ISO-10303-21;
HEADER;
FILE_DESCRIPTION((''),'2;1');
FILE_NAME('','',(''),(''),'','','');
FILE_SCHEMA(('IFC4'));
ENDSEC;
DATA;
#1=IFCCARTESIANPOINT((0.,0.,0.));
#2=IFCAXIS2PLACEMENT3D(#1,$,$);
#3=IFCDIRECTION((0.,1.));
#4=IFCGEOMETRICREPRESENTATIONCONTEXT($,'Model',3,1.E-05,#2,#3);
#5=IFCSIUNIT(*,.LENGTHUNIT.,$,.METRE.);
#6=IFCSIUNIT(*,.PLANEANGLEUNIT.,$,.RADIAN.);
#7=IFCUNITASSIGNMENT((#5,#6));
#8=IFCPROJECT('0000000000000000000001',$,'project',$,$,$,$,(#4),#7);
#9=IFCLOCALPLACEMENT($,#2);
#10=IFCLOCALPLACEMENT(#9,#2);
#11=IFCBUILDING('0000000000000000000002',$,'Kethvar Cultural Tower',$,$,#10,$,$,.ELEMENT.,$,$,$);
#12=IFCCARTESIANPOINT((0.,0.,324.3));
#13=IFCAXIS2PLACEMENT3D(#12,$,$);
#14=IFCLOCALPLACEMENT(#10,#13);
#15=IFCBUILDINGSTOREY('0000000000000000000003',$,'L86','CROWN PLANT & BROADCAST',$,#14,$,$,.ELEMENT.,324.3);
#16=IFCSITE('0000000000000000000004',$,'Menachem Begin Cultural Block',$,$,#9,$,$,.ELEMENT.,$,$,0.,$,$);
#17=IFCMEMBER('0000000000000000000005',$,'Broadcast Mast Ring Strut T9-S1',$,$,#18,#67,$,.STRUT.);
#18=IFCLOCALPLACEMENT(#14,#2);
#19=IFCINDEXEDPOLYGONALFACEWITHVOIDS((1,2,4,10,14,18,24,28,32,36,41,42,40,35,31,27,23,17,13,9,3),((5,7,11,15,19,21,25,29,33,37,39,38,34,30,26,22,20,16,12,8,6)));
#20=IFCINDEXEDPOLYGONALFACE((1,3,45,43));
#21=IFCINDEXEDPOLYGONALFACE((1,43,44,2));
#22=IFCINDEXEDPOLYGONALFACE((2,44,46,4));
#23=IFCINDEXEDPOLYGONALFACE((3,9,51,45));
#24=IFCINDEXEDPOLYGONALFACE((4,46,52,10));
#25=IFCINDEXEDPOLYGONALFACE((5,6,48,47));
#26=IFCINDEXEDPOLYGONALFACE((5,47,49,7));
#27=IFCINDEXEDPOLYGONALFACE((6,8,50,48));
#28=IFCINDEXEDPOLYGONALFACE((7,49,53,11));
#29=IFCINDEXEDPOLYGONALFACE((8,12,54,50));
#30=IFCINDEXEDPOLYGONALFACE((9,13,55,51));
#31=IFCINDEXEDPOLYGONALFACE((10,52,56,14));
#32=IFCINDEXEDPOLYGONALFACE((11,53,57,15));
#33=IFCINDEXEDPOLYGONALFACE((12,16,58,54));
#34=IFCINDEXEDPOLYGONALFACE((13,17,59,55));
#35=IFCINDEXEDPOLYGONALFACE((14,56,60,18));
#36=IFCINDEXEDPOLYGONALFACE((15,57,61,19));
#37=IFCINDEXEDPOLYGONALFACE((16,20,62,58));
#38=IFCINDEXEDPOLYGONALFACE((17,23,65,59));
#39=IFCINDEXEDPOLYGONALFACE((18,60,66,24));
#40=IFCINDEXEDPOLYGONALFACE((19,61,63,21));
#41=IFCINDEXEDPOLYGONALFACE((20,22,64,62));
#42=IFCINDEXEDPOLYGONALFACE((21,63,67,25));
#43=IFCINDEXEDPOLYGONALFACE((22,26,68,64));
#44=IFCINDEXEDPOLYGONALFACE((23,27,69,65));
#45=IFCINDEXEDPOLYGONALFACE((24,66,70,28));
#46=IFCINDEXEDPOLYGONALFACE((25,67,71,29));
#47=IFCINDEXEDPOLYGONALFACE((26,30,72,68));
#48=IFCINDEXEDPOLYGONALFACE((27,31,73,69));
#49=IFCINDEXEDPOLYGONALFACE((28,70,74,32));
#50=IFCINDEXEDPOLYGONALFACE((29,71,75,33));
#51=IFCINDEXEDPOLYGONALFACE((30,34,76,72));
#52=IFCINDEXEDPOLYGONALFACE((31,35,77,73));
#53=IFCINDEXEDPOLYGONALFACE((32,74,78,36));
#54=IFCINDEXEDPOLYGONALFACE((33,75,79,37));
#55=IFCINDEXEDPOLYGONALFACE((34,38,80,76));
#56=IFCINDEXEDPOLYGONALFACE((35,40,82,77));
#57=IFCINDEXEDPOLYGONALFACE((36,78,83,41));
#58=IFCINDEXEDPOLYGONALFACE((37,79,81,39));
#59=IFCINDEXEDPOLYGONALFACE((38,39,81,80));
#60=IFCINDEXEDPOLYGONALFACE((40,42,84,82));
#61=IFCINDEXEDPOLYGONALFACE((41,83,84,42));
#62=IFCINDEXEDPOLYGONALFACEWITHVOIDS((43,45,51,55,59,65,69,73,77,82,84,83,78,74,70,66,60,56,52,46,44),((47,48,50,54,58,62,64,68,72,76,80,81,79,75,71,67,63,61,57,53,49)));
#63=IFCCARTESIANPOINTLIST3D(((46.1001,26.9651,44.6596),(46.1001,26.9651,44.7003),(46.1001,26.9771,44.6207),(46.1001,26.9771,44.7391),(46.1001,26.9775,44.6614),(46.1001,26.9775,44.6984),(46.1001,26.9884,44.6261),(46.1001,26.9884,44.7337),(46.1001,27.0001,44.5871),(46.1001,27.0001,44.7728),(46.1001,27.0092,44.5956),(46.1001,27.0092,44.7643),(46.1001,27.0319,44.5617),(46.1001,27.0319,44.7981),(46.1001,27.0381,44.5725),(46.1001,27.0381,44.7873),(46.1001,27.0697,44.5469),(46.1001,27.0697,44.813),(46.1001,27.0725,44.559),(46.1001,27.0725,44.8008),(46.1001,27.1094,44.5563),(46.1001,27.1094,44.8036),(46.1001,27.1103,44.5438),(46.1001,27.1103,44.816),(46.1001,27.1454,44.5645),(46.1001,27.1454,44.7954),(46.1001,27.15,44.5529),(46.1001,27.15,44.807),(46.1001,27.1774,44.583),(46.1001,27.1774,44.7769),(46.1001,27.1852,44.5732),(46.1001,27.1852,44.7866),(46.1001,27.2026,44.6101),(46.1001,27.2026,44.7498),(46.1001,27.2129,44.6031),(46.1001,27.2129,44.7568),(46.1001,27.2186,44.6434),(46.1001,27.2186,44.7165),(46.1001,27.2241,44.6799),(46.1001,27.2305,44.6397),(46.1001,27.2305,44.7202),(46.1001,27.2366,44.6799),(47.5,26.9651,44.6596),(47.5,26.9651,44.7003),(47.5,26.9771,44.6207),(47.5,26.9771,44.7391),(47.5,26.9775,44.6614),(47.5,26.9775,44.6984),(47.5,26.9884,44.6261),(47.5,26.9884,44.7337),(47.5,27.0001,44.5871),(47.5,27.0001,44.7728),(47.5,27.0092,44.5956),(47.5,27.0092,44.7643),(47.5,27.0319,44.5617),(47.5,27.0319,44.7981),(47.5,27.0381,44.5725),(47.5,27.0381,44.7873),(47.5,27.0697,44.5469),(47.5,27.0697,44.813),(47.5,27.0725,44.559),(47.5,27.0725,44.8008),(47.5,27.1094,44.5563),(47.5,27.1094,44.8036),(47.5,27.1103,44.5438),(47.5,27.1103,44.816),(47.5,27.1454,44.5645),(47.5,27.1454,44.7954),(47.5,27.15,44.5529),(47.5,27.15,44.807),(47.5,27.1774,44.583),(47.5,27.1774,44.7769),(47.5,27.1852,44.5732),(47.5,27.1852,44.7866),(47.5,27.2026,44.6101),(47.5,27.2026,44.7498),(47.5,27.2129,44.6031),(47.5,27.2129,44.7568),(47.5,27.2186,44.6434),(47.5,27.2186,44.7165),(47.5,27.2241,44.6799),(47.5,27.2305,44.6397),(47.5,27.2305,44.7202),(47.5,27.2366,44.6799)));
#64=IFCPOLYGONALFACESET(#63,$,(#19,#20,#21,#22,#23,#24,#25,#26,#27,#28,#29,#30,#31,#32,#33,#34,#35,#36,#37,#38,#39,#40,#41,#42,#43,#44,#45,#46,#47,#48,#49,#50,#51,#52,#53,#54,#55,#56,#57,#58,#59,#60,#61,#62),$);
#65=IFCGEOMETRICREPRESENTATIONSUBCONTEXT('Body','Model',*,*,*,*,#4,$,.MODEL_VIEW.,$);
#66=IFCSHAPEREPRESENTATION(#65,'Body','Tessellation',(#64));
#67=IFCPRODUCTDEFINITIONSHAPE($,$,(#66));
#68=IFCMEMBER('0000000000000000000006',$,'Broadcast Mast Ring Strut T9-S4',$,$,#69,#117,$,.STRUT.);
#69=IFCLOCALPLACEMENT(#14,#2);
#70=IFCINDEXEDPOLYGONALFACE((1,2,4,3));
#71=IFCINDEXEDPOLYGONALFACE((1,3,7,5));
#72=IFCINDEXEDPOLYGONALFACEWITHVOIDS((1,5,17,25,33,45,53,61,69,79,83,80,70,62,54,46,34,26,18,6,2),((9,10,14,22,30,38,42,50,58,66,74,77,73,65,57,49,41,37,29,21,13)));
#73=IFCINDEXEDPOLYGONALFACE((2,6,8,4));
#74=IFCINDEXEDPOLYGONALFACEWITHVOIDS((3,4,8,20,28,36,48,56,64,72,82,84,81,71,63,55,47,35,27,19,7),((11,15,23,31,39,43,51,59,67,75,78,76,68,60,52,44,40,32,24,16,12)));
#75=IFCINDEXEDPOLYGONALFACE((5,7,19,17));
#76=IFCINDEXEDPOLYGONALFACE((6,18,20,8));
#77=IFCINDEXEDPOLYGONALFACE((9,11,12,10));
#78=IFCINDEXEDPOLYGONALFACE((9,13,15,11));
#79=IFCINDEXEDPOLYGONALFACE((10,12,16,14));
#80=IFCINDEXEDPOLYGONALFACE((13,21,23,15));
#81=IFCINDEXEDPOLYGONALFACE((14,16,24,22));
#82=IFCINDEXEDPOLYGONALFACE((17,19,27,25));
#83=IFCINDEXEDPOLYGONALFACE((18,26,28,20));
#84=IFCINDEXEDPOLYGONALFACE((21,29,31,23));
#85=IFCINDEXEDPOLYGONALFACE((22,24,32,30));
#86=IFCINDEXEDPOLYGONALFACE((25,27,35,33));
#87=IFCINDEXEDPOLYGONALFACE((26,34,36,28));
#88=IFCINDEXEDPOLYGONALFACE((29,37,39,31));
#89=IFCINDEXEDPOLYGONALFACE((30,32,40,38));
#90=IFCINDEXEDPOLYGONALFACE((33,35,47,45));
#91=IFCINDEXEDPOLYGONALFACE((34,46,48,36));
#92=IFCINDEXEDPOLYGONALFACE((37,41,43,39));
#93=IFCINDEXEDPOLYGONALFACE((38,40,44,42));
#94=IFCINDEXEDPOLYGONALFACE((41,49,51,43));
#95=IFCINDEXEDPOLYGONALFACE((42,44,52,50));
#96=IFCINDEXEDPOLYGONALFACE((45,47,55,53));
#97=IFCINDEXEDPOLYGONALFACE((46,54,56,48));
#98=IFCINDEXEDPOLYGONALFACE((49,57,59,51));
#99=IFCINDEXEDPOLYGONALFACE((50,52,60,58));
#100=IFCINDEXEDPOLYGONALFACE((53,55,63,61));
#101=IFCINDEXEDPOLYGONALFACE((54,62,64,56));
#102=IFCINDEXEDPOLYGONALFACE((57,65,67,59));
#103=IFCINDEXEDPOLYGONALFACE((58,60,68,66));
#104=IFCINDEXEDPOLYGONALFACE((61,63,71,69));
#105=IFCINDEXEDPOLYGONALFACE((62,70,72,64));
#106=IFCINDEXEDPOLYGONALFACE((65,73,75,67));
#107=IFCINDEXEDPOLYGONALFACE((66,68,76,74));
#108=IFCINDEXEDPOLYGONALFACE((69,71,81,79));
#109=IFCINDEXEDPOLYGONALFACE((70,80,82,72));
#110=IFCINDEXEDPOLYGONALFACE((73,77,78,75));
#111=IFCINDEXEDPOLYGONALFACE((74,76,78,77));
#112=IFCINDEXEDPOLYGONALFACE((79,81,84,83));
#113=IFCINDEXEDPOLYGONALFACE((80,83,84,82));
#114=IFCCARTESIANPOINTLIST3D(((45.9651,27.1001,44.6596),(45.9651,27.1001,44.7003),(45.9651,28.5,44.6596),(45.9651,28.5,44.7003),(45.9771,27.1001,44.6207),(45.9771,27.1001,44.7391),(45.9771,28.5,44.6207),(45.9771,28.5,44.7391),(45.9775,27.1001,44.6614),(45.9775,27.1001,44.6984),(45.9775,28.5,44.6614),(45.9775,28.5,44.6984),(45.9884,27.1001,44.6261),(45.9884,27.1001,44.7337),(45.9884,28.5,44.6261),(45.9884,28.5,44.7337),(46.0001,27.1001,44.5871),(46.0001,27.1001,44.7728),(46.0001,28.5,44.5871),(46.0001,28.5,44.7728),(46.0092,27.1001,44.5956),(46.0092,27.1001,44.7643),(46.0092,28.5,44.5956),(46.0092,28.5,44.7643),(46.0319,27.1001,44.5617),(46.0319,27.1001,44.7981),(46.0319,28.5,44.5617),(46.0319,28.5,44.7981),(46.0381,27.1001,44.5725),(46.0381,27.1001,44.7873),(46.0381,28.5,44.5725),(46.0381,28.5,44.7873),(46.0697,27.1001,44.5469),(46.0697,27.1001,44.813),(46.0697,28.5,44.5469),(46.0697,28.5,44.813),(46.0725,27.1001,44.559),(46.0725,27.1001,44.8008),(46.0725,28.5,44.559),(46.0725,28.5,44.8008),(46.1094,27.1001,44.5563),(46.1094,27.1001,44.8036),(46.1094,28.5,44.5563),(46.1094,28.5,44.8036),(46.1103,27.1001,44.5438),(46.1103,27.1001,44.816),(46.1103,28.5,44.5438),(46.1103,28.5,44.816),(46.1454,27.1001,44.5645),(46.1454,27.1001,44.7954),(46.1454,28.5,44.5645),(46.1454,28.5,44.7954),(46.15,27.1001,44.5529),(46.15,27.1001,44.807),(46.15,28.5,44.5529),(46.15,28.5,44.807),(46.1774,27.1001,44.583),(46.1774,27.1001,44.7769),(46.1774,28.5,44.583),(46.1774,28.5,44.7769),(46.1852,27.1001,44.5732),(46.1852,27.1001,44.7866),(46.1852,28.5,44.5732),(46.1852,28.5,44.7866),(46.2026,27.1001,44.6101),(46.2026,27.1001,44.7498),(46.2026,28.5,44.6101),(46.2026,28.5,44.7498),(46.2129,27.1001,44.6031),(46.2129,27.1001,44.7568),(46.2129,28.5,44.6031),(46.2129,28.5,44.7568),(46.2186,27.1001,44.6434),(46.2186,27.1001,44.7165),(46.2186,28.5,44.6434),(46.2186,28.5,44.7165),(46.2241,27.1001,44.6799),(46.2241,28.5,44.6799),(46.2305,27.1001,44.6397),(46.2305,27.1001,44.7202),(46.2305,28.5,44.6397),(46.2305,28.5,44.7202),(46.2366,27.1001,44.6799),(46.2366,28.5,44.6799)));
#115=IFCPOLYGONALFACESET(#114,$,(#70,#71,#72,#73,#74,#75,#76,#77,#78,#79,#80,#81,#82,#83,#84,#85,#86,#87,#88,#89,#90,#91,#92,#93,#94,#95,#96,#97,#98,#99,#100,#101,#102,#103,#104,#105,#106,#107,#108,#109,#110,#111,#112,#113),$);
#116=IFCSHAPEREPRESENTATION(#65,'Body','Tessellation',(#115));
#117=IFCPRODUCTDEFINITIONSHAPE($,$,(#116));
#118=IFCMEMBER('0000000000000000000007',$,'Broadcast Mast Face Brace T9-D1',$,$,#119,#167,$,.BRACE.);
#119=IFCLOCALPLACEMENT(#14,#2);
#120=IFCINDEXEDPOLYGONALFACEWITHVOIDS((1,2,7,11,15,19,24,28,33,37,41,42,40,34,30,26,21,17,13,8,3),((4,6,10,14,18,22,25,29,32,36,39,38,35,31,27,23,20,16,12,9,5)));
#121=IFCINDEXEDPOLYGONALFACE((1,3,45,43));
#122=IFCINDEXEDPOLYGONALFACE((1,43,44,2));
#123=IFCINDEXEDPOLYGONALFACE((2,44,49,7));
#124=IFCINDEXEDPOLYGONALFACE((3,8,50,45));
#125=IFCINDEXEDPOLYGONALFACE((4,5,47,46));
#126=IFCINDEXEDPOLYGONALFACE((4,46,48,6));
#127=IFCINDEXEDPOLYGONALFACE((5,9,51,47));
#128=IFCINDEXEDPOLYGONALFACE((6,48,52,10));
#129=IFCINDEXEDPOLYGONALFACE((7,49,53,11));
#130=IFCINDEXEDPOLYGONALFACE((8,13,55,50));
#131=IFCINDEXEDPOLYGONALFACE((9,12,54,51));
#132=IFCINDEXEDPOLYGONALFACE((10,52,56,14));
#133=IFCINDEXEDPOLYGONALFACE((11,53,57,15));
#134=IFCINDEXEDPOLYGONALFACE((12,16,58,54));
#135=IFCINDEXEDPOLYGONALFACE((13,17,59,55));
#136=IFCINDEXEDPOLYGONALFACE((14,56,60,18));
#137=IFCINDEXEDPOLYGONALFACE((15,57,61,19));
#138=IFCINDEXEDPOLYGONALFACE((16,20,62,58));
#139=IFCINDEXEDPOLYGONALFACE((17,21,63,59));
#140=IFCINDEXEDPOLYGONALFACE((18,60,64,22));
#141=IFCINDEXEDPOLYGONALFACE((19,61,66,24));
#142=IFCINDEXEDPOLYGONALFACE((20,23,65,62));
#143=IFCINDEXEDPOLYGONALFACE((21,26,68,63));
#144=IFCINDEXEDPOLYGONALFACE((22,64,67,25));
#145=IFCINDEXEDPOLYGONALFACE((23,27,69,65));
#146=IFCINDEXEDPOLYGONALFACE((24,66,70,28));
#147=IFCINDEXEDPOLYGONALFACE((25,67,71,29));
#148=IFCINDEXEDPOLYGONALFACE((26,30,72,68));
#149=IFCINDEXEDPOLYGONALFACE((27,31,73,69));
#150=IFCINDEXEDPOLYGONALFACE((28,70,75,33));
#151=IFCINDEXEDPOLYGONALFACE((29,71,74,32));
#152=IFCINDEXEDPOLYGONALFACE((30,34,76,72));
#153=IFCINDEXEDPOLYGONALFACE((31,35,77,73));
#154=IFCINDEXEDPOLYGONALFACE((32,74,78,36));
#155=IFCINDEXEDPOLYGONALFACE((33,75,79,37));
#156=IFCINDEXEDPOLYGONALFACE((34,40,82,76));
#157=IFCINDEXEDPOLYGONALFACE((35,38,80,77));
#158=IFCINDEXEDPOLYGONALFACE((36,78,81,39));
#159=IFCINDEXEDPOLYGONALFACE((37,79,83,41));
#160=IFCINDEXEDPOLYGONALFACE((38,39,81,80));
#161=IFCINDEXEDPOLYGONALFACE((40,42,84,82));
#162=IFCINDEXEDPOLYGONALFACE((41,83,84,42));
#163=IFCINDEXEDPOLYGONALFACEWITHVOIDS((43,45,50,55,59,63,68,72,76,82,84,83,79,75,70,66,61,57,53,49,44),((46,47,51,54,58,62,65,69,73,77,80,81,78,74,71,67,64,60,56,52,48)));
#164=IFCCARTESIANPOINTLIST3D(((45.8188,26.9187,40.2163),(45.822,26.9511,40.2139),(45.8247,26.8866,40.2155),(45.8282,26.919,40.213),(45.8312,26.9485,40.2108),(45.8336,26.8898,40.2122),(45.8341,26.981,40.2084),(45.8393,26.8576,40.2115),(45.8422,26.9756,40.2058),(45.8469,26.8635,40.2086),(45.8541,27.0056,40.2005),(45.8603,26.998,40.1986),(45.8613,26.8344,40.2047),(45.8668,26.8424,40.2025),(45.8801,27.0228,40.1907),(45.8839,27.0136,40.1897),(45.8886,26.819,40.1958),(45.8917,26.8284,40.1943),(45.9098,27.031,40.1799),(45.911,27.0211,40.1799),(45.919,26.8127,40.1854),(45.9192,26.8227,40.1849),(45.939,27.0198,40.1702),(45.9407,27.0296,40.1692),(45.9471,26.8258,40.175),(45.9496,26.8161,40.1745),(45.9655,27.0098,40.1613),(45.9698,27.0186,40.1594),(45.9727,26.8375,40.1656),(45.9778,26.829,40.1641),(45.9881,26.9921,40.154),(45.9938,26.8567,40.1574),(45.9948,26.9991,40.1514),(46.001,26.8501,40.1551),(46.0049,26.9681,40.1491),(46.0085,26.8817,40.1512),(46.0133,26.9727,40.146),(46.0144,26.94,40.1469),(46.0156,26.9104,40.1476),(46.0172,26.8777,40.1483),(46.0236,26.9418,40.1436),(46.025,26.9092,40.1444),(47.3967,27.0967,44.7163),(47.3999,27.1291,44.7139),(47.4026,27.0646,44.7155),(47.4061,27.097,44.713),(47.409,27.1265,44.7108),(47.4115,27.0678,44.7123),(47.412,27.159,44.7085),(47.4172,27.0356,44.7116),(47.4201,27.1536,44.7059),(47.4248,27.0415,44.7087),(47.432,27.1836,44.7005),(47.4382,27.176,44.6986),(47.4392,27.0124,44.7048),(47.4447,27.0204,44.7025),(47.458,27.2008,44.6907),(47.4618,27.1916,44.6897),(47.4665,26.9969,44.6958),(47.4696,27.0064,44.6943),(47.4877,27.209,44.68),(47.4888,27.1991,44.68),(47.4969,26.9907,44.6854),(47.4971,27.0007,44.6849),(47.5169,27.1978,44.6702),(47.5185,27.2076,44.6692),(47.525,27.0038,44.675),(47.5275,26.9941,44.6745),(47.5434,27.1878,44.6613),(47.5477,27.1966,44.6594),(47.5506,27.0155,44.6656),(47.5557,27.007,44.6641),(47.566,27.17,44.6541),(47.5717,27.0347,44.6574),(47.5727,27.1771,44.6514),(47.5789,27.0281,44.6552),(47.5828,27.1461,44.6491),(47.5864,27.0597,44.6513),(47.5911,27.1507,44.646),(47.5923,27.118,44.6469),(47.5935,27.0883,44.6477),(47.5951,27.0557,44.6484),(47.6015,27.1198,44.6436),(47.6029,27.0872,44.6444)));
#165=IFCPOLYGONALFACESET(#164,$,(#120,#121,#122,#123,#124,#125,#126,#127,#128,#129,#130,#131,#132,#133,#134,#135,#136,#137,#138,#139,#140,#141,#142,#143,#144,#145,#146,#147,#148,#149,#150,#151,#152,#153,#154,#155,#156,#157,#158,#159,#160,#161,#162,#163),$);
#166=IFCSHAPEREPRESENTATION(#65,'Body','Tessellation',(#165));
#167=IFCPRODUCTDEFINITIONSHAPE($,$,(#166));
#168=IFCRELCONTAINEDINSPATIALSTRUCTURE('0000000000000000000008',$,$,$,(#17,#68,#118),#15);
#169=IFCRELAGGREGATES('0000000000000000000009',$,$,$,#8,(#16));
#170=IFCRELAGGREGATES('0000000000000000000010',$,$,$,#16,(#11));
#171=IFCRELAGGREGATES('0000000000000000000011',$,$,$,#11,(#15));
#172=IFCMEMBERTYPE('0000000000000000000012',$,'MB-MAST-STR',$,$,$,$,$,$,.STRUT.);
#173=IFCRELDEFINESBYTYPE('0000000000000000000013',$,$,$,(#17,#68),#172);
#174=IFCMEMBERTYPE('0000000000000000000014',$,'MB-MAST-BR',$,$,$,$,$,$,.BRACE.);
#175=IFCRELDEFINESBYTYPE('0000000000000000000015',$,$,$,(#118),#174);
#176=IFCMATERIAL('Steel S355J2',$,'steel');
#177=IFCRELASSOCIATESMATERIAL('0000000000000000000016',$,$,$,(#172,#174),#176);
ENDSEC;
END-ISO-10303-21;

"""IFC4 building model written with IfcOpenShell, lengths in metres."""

from ifc_helpers import new_model, si_unit, direction, frame, origin, origin_2d, place, context, subcontext, project, spatial, hollow_circle, extrude, source, transform, mapped, material, material_profile, profile_set, type_object, element, save


model = new_model("IFC4")

# Units and contexts
model_context = context("Model", 3, precision=1e-05, world=origin(), true_north=direction((0.0, 1.0)))
body_context = subcontext(model_context, "Body", "Model", "MODEL_VIEW")
ifc_project = project(units=[si_unit("LENGTHUNIT", "METRE"), si_unit("PLANEANGLEUNIT", "RADIAN")], contexts=[model_context])

# Site, building, storey
site_placement = place(None, origin())
site = spatial("IfcSite", under=ifc_project, at=site_placement, Name="Menachem Begin Cultural Block", CompositionType="ELEMENT", RefElevation=0.0)
building_placement = place(site_placement, origin())
building = spatial("IfcBuilding", under=site, at=building_placement, Name="Kethvar Cultural Tower", CompositionType="ELEMENT")
storey_placement = place(building_placement, frame((0.0, 0.0, 324.3)))
storey = spatial("IfcBuildingStorey", under=building, at=storey_placement, Name="L86", Description="CROWN PLANT & BROADCAST", CompositionType="ELEMENT", Elevation=324.3)

# Shared definitions
ifc_material_1 = material(Name="Steel S355J2", Category="steel")

# Members
ifc_material_profile_1 = material_profile(ifc_material_1, hollow_circle(Radius=0.1365, WallThickness=0.0125, at=origin_2d()), Name="Steel S355J2 — CHS273x12.5")
ifc_profile_set_1 = profile_set([ifc_material_profile_1], Name="Steel S355J2 — CHS273x12.5")
member_type_1 = type_object("IfcMemberType", Name="MB-MAST-STR", PredefinedType="STRUT", material=ifc_profile_set_1)
ifc_material_profile_2 = material_profile(ifc_material_1, hollow_circle(Radius=0.1096, WallThickness=0.01, at=origin_2d()), Name="Steel S355J2 — CHS219x10")
ifc_profile_set_2 = profile_set([ifc_material_profile_2], Name="Steel S355J2 — CHS219x10")
member_type_2 = type_object("IfcMemberType", Name="MB-MAST-BR", PredefinedType="BRACE", material=ifc_profile_set_2)
shared_shape_1 = source(origin(), body_context, "Body", "SweptSolid", [
    extrude(hollow_circle(Radius=0.1365, WallThickness=0.0125, at=origin_2d()), origin(), (0.0, 0.0, 1.0), 1.3999),
])
for number, where, z_axis, x_axis, name in (
    (1, (46.1001, 27.1001, 44.6799), (1.0, 0.0, 0.0), (0.0, 1.0, 0.0), "Broadcast Mast Ring Strut T9-S1"),
    (2, (46.1001, 28.5, 44.6799), (0.0, -1.0, 0.0), (1.0, 0.0, 0.0), "Broadcast Mast Ring Strut T9-S4"),
):
    element("IfcMember", number, at=place(storey_placement, frame(where, z_axis=z_axis, x_axis=x_axis)), inside=storey, type_object=member_type_1, Name=name, PredefinedType="STRUT", context=body_context, shape_type="MappedRepresentation", body=[
        mapped(shared_shape_1, transform((0.0, 0.0, 0.0), scale=1.0)),
    ])
shared_shape_2 = source(origin(), body_context, "Body", "SweptSolid", [
    extrude(hollow_circle(Radius=0.1096, WallThickness=0.01, at=origin_2d()), origin(), (0.0, 0.0, 1.0), 4.772),
])
for number, where, z_axis, x_axis, name in (
    (3, (45.9221, 26.9221, 40.1799), (0.330658, 0.037297, 0.943013), (-0.112085, 0.993699, 0.0), "Broadcast Mast Face Brace T9-D1"),
):
    element("IfcMember", number, at=place(storey_placement, frame(where, z_axis=z_axis, x_axis=x_axis)), inside=storey, type_object=member_type_2, Name=name, PredefinedType="BRACE", context=body_context, shape_type="MappedRepresentation", body=[
        mapped(shared_shape_2, transform((0.0, 0.0, 0.0), scale=1.0)),
    ])

save(model, "model.ifc")
